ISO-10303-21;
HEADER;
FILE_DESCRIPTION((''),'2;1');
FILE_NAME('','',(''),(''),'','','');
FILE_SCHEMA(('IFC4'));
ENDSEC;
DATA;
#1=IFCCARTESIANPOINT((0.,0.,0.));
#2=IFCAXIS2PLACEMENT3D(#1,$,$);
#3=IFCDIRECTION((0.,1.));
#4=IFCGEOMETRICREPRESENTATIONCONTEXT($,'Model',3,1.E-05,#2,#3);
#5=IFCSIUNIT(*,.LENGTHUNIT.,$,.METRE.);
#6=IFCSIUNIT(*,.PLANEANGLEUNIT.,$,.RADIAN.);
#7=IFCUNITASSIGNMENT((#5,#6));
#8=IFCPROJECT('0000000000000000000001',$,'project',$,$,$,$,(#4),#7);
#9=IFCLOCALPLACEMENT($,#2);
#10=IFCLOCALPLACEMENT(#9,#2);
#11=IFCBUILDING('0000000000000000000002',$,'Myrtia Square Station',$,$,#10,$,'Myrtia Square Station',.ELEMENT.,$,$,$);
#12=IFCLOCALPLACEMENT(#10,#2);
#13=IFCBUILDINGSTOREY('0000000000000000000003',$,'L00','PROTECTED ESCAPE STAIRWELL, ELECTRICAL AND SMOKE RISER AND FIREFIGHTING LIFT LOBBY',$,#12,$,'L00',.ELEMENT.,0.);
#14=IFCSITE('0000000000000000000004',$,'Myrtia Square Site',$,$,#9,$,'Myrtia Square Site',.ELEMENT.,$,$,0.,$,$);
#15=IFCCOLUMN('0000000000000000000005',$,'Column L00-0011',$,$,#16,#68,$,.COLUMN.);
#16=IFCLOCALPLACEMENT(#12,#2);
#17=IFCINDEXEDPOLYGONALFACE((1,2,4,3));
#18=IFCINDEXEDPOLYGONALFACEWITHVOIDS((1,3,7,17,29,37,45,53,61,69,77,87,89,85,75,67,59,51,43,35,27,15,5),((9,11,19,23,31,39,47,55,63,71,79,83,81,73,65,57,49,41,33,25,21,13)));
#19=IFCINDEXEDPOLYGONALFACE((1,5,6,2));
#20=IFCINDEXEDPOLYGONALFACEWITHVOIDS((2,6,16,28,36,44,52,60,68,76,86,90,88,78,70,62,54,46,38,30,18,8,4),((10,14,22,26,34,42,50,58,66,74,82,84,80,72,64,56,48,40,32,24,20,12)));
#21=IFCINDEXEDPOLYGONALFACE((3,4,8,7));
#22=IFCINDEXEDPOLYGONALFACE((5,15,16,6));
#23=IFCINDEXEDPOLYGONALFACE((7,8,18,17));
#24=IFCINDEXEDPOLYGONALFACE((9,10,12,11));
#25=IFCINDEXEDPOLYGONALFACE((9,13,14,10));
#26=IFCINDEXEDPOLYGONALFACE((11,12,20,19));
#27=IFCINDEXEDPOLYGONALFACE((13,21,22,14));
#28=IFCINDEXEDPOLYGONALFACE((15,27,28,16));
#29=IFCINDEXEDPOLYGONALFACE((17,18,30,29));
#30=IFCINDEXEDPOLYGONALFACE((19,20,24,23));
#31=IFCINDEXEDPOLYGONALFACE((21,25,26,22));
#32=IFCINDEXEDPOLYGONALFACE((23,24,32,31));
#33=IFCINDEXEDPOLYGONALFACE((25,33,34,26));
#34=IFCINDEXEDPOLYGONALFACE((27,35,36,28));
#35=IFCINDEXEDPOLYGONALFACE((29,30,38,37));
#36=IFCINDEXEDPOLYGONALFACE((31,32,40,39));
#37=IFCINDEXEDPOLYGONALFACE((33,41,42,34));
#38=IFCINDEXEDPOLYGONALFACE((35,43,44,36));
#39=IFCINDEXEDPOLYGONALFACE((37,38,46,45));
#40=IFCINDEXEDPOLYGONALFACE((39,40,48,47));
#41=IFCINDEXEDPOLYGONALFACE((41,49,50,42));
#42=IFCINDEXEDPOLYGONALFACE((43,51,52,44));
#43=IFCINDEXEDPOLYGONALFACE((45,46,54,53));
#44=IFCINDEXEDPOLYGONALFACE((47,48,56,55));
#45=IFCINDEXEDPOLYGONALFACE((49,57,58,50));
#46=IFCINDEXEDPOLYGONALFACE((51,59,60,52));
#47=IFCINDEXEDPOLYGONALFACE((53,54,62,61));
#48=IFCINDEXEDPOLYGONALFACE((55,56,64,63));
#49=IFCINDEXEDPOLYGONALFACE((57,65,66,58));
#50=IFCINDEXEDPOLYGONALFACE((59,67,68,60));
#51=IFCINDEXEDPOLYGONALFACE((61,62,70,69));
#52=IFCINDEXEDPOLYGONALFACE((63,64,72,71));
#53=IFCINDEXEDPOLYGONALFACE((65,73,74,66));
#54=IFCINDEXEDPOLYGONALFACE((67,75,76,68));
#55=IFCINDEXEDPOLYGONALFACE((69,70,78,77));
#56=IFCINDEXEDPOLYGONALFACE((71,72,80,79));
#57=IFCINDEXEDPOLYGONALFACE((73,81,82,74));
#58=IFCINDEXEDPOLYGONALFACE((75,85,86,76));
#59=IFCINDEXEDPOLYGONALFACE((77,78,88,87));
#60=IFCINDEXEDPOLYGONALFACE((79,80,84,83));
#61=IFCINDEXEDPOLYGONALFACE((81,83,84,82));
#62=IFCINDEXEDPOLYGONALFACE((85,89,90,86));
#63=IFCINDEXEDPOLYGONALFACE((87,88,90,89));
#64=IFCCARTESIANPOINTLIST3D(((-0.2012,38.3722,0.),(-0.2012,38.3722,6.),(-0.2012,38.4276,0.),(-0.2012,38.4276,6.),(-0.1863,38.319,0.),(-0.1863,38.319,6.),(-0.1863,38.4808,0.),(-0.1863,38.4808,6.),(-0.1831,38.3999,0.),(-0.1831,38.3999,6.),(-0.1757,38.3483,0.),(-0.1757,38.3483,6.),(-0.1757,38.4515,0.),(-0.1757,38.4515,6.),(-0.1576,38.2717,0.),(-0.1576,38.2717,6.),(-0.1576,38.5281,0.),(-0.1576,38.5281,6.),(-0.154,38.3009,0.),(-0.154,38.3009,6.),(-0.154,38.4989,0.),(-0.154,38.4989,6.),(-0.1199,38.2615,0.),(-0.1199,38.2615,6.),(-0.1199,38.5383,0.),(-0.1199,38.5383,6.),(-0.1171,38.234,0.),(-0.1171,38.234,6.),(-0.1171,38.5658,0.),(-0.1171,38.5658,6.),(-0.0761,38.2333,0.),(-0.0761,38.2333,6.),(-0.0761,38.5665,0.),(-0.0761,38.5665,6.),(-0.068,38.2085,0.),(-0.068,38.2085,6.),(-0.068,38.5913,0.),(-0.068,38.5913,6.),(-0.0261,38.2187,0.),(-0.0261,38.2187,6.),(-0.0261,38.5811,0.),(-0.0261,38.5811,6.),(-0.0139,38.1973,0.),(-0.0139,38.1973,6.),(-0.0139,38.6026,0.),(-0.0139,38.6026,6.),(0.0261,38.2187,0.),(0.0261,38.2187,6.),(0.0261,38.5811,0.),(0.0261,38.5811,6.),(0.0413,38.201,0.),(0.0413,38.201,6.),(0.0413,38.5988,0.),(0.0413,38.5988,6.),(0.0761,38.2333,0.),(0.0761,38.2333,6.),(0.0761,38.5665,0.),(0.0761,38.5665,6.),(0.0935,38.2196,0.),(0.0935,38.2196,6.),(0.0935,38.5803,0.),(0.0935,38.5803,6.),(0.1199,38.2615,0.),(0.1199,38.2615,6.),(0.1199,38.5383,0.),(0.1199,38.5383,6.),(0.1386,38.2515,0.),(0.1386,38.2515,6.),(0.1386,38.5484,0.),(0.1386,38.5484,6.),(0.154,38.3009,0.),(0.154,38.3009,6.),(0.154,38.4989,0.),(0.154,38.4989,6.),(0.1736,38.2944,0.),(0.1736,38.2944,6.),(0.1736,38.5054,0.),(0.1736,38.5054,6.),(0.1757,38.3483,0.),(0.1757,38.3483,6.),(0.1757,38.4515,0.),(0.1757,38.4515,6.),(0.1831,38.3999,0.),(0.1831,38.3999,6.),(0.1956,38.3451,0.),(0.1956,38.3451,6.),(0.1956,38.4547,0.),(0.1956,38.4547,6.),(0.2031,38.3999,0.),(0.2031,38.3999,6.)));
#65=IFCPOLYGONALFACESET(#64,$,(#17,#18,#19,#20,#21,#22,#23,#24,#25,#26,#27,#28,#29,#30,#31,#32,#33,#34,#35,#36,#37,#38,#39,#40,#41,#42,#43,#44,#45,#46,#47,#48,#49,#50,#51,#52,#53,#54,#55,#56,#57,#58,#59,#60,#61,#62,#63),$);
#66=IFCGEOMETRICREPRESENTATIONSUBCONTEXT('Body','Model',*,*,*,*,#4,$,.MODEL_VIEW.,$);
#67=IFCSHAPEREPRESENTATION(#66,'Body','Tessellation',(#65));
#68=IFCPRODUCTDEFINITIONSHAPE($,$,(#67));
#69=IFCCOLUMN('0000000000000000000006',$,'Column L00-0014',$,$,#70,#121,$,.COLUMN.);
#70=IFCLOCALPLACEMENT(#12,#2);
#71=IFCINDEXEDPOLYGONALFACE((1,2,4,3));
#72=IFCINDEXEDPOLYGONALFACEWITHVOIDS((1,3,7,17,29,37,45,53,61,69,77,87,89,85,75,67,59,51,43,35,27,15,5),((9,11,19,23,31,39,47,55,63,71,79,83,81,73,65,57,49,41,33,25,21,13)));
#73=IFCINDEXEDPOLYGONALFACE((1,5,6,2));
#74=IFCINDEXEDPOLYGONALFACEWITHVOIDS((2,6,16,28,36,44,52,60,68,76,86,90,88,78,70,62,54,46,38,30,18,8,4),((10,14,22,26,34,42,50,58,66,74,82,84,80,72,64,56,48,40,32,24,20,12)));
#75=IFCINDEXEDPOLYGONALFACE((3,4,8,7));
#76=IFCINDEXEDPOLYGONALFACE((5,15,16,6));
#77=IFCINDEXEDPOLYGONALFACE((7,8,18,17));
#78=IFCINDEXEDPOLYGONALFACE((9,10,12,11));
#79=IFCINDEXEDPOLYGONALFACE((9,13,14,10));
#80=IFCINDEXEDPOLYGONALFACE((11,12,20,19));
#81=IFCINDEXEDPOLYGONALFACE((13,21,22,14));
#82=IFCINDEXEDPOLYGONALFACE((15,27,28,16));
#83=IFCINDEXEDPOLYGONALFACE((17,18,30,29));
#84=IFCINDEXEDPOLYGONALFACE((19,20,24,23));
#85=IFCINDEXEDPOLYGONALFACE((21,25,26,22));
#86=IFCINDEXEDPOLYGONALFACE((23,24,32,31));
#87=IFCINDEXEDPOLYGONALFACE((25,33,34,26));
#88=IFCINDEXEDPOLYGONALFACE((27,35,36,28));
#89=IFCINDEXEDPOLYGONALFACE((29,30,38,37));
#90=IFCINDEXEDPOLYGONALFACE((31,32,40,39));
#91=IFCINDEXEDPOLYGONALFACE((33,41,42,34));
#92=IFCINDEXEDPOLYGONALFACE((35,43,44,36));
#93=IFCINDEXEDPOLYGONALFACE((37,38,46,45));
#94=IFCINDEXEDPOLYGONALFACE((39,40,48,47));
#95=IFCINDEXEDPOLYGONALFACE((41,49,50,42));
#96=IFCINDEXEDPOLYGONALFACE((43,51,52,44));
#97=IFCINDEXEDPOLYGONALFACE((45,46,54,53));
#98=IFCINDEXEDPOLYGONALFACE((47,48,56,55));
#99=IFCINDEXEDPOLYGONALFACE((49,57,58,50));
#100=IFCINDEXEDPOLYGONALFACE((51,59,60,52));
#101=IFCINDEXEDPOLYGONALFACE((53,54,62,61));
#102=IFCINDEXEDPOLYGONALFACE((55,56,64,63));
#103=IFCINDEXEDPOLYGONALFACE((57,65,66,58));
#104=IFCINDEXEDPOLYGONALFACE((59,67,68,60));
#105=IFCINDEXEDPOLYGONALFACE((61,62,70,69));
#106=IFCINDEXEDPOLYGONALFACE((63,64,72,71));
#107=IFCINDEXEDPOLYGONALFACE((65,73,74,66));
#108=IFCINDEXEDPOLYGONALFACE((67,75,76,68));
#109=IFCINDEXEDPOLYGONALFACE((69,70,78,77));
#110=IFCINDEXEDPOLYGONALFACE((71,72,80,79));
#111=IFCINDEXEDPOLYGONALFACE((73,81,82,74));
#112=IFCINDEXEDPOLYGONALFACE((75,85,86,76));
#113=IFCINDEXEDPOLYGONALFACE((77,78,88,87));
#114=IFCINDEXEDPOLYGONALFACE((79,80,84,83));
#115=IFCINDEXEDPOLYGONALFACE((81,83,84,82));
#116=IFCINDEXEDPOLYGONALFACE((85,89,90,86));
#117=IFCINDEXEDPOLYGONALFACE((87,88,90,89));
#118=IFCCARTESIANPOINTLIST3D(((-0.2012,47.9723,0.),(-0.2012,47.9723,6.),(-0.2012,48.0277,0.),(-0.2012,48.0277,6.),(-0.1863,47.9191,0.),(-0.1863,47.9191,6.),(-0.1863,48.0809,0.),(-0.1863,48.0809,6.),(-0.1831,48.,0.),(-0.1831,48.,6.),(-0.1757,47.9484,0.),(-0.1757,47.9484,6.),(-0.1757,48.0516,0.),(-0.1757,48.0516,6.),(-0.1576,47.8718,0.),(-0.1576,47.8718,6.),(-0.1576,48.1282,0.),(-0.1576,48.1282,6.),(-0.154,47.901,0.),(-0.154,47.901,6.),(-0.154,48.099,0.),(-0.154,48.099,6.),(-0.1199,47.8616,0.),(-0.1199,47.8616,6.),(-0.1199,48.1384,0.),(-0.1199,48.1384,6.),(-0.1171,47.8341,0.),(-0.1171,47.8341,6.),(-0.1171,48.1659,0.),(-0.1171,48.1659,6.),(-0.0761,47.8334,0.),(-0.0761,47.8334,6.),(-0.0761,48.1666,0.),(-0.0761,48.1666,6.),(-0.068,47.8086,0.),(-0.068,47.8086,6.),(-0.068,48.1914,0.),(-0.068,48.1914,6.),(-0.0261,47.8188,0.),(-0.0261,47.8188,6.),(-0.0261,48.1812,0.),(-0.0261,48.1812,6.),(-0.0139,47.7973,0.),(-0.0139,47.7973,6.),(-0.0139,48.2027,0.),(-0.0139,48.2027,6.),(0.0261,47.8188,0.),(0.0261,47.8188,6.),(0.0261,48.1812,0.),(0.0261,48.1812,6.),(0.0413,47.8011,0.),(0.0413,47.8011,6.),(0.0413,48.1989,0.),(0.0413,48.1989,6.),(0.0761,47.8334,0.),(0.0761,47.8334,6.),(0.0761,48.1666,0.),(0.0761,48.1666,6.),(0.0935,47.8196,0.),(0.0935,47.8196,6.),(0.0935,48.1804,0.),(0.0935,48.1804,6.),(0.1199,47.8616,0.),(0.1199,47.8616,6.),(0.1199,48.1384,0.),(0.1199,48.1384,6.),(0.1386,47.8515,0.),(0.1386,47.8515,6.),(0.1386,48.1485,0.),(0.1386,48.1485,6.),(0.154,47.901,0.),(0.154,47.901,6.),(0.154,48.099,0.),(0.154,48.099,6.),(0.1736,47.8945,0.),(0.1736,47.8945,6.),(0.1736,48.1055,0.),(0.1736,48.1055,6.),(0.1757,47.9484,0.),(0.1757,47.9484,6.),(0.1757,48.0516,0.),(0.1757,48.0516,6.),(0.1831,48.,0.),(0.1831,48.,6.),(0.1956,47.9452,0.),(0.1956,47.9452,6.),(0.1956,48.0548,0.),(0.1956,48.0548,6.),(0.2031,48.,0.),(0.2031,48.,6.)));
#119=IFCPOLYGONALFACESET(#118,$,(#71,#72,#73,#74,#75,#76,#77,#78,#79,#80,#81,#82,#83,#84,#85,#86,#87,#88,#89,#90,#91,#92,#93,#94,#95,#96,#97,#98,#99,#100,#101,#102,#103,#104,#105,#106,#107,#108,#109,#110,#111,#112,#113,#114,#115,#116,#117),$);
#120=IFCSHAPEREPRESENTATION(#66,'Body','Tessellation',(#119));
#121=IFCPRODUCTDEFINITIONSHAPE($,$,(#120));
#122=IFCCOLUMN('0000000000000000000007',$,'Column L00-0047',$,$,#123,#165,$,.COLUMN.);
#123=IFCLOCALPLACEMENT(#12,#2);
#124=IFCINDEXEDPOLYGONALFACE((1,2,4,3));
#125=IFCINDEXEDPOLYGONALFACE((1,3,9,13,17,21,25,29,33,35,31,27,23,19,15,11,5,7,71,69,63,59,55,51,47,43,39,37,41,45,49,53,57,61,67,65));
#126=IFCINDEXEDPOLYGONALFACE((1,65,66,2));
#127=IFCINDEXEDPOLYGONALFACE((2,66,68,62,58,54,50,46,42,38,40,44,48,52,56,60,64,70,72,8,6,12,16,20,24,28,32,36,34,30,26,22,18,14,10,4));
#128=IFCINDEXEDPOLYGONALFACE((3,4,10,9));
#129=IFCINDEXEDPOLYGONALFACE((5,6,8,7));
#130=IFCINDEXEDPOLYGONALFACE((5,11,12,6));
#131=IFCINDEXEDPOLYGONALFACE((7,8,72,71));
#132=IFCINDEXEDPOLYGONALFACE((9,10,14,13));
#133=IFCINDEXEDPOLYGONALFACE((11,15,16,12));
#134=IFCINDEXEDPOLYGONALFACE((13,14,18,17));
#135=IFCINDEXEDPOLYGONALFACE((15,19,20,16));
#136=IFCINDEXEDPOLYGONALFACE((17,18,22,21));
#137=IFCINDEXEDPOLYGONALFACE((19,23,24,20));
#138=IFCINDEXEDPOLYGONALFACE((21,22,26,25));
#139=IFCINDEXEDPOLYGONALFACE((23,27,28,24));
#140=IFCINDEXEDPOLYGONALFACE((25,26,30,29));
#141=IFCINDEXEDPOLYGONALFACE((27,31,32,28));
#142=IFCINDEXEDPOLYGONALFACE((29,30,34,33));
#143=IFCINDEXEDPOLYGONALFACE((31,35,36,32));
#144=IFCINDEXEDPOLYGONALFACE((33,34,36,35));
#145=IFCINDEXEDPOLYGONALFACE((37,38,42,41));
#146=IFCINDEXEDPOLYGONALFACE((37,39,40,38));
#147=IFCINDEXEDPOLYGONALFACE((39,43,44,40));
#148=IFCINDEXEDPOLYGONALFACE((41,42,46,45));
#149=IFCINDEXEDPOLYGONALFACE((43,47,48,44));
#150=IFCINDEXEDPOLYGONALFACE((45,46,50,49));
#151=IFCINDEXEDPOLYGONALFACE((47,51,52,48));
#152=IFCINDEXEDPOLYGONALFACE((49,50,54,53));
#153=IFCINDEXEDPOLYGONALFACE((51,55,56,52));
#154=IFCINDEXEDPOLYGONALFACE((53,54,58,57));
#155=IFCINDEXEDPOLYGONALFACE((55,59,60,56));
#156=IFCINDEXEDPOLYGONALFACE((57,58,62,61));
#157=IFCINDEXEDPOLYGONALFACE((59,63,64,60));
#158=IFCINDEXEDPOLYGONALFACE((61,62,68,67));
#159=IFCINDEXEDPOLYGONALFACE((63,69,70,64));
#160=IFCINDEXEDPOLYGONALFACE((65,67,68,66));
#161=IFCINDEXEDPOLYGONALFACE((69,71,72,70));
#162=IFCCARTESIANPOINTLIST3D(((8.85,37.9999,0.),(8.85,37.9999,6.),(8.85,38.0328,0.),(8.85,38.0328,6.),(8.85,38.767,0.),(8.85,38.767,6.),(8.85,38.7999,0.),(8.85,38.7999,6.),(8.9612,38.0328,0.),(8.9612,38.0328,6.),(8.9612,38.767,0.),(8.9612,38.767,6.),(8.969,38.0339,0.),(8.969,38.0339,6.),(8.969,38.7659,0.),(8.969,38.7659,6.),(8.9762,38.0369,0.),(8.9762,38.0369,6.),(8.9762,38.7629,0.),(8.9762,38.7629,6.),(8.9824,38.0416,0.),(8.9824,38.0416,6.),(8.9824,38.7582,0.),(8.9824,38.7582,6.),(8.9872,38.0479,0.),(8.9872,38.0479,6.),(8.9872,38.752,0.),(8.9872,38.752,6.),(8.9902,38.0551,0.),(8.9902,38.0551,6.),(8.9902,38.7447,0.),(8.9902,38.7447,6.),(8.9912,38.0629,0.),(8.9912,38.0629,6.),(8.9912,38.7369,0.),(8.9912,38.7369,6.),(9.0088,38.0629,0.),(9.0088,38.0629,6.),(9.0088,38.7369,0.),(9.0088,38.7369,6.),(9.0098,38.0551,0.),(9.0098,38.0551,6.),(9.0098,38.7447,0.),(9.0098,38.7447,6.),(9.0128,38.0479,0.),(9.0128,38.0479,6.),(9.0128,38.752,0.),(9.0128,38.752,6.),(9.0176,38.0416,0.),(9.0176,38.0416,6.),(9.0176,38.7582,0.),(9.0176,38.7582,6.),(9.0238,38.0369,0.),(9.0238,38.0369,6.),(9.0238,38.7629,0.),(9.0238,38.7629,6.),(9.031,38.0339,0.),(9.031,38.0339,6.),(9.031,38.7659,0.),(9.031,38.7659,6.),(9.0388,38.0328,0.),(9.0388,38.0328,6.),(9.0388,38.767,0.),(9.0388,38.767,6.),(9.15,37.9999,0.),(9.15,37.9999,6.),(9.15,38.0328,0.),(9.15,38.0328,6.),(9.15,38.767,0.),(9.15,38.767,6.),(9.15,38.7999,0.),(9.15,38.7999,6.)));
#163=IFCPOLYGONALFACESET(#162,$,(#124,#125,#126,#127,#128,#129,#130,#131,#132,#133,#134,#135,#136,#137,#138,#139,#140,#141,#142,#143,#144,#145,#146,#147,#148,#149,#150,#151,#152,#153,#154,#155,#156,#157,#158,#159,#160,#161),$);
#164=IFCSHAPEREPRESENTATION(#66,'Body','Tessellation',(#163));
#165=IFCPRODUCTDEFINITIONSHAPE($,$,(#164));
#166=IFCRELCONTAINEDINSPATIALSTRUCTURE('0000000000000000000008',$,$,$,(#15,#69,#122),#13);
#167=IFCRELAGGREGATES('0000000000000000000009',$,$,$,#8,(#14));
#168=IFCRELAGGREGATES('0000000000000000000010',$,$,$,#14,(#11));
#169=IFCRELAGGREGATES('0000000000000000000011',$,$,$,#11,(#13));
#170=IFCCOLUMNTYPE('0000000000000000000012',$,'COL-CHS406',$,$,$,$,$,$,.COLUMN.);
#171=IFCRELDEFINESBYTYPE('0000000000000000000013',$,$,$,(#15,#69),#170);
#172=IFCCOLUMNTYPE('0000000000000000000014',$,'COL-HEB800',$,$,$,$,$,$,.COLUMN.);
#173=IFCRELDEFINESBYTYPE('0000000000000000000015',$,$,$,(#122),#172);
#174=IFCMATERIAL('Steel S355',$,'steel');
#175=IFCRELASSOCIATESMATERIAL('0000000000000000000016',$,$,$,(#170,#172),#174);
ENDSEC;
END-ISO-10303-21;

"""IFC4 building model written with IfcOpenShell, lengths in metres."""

from ifc_helpers import new_model, si_unit, direction, frame, origin, origin_2d, place, context, subcontext, project, spatial, hollow_circle, i_section, extrude, material, material_profile, profile_set, type_object, element, save


model = new_model("IFC4")

# Units and contexts
model_context = context("Model", 3, precision=1e-05, world=origin(), true_north=direction((0.0, 1.0)))
body_context = subcontext(model_context, "Body", "Model", "MODEL_VIEW")
ifc_project = project(units=[si_unit("LENGTHUNIT", "METRE"), si_unit("PLANEANGLEUNIT", "RADIAN")], contexts=[model_context])

# Site, building, storey
site_placement = place(None, origin())
site = spatial("IfcSite", under=ifc_project, at=site_placement, Name="Myrtia Square Site", LongName="Myrtia Square Site", CompositionType="ELEMENT", RefElevation=0.0)
building_placement = place(site_placement, origin())
building = spatial("IfcBuilding", under=site, at=building_placement, Name="Myrtia Square Station", LongName="Myrtia Square Station", CompositionType="ELEMENT")
storey_placement = place(building_placement, origin())
storey = spatial("IfcBuildingStorey", under=building, at=storey_placement, Name="L00", Description="PROTECTED ESCAPE STAIRWELL, ELECTRICAL AND SMOKE RISER AND FIREFIGHTING LIFT LOBBY", LongName="L00", CompositionType="ELEMENT", Elevation=0.0)

# Columns
ifc_material_1 = material(Name="Steel S355", Category="steel")
ifc_material_profile_1 = material_profile(ifc_material_1, hollow_circle(Radius=0.2031, WallThickness=0.02, at=origin_2d()), Name="CHS 406.4x20")
ifc_profile_set_1 = profile_set([ifc_material_profile_1], Name="Steel S355")
column_type_1 = type_object("IfcColumnType", Name="COL-CHS406", PredefinedType="COLUMN", material=ifc_profile_set_1)
for number, where, z_axis, x_axis, name in (
    (1, (0.0, 38.3999, 0.0), (0.0, 0.0, 1.0), (1.0, 0.0, 0.0), "Column L00-0011"),
    (2, (0.0, 48.0, 0.0), (0.0, 0.0, 1.0), (1.0, 0.0, 0.0), "Column L00-0014"),
):
    element("IfcColumn", number, at=place(storey_placement, frame(where, z_axis=z_axis, x_axis=x_axis)), inside=storey, type_object=column_type_1, Name=name, PredefinedType="COLUMN", context=body_context, shape_type="SweptSolid", body=[
        extrude(hollow_circle(Radius=0.2031, WallThickness=0.02, at=origin_2d()), origin(), (0.0, 0.0, 1.0), 6.0),
    ])
ifc_material_profile_2 = material_profile(ifc_material_1, i_section(OverallWidth=0.3, OverallDepth=0.8, WebThickness=0.0176, FlangeThickness=0.033, FilletRadius=0.03, at=origin_2d()), Name="HEB 800")
ifc_profile_set_2 = profile_set([ifc_material_profile_2], Name="Steel S355")
column_type_2 = type_object("IfcColumnType", Name="COL-HEB800", PredefinedType="COLUMN", material=ifc_profile_set_2)
for number, where, z_axis, x_axis, name in (
    (3, (9.0, 38.3999, 0.0), (0.0, 0.0, 1.0), (1.0, 0.0, 0.0), "Column L00-0047"),
):
    element("IfcColumn", number, at=place(storey_placement, frame(where, z_axis=z_axis, x_axis=x_axis)), inside=storey, type_object=column_type_2, Name=name, PredefinedType="COLUMN", context=body_context, shape_type="SweptSolid", body=[
        extrude(i_section(OverallWidth=0.3, OverallDepth=0.8, WebThickness=0.0176, FlangeThickness=0.033, FilletRadius=0.03, at=origin_2d()), origin(), (0.0, 0.0, 1.0), 6.0),
    ])

save(model, "model.ifc")
